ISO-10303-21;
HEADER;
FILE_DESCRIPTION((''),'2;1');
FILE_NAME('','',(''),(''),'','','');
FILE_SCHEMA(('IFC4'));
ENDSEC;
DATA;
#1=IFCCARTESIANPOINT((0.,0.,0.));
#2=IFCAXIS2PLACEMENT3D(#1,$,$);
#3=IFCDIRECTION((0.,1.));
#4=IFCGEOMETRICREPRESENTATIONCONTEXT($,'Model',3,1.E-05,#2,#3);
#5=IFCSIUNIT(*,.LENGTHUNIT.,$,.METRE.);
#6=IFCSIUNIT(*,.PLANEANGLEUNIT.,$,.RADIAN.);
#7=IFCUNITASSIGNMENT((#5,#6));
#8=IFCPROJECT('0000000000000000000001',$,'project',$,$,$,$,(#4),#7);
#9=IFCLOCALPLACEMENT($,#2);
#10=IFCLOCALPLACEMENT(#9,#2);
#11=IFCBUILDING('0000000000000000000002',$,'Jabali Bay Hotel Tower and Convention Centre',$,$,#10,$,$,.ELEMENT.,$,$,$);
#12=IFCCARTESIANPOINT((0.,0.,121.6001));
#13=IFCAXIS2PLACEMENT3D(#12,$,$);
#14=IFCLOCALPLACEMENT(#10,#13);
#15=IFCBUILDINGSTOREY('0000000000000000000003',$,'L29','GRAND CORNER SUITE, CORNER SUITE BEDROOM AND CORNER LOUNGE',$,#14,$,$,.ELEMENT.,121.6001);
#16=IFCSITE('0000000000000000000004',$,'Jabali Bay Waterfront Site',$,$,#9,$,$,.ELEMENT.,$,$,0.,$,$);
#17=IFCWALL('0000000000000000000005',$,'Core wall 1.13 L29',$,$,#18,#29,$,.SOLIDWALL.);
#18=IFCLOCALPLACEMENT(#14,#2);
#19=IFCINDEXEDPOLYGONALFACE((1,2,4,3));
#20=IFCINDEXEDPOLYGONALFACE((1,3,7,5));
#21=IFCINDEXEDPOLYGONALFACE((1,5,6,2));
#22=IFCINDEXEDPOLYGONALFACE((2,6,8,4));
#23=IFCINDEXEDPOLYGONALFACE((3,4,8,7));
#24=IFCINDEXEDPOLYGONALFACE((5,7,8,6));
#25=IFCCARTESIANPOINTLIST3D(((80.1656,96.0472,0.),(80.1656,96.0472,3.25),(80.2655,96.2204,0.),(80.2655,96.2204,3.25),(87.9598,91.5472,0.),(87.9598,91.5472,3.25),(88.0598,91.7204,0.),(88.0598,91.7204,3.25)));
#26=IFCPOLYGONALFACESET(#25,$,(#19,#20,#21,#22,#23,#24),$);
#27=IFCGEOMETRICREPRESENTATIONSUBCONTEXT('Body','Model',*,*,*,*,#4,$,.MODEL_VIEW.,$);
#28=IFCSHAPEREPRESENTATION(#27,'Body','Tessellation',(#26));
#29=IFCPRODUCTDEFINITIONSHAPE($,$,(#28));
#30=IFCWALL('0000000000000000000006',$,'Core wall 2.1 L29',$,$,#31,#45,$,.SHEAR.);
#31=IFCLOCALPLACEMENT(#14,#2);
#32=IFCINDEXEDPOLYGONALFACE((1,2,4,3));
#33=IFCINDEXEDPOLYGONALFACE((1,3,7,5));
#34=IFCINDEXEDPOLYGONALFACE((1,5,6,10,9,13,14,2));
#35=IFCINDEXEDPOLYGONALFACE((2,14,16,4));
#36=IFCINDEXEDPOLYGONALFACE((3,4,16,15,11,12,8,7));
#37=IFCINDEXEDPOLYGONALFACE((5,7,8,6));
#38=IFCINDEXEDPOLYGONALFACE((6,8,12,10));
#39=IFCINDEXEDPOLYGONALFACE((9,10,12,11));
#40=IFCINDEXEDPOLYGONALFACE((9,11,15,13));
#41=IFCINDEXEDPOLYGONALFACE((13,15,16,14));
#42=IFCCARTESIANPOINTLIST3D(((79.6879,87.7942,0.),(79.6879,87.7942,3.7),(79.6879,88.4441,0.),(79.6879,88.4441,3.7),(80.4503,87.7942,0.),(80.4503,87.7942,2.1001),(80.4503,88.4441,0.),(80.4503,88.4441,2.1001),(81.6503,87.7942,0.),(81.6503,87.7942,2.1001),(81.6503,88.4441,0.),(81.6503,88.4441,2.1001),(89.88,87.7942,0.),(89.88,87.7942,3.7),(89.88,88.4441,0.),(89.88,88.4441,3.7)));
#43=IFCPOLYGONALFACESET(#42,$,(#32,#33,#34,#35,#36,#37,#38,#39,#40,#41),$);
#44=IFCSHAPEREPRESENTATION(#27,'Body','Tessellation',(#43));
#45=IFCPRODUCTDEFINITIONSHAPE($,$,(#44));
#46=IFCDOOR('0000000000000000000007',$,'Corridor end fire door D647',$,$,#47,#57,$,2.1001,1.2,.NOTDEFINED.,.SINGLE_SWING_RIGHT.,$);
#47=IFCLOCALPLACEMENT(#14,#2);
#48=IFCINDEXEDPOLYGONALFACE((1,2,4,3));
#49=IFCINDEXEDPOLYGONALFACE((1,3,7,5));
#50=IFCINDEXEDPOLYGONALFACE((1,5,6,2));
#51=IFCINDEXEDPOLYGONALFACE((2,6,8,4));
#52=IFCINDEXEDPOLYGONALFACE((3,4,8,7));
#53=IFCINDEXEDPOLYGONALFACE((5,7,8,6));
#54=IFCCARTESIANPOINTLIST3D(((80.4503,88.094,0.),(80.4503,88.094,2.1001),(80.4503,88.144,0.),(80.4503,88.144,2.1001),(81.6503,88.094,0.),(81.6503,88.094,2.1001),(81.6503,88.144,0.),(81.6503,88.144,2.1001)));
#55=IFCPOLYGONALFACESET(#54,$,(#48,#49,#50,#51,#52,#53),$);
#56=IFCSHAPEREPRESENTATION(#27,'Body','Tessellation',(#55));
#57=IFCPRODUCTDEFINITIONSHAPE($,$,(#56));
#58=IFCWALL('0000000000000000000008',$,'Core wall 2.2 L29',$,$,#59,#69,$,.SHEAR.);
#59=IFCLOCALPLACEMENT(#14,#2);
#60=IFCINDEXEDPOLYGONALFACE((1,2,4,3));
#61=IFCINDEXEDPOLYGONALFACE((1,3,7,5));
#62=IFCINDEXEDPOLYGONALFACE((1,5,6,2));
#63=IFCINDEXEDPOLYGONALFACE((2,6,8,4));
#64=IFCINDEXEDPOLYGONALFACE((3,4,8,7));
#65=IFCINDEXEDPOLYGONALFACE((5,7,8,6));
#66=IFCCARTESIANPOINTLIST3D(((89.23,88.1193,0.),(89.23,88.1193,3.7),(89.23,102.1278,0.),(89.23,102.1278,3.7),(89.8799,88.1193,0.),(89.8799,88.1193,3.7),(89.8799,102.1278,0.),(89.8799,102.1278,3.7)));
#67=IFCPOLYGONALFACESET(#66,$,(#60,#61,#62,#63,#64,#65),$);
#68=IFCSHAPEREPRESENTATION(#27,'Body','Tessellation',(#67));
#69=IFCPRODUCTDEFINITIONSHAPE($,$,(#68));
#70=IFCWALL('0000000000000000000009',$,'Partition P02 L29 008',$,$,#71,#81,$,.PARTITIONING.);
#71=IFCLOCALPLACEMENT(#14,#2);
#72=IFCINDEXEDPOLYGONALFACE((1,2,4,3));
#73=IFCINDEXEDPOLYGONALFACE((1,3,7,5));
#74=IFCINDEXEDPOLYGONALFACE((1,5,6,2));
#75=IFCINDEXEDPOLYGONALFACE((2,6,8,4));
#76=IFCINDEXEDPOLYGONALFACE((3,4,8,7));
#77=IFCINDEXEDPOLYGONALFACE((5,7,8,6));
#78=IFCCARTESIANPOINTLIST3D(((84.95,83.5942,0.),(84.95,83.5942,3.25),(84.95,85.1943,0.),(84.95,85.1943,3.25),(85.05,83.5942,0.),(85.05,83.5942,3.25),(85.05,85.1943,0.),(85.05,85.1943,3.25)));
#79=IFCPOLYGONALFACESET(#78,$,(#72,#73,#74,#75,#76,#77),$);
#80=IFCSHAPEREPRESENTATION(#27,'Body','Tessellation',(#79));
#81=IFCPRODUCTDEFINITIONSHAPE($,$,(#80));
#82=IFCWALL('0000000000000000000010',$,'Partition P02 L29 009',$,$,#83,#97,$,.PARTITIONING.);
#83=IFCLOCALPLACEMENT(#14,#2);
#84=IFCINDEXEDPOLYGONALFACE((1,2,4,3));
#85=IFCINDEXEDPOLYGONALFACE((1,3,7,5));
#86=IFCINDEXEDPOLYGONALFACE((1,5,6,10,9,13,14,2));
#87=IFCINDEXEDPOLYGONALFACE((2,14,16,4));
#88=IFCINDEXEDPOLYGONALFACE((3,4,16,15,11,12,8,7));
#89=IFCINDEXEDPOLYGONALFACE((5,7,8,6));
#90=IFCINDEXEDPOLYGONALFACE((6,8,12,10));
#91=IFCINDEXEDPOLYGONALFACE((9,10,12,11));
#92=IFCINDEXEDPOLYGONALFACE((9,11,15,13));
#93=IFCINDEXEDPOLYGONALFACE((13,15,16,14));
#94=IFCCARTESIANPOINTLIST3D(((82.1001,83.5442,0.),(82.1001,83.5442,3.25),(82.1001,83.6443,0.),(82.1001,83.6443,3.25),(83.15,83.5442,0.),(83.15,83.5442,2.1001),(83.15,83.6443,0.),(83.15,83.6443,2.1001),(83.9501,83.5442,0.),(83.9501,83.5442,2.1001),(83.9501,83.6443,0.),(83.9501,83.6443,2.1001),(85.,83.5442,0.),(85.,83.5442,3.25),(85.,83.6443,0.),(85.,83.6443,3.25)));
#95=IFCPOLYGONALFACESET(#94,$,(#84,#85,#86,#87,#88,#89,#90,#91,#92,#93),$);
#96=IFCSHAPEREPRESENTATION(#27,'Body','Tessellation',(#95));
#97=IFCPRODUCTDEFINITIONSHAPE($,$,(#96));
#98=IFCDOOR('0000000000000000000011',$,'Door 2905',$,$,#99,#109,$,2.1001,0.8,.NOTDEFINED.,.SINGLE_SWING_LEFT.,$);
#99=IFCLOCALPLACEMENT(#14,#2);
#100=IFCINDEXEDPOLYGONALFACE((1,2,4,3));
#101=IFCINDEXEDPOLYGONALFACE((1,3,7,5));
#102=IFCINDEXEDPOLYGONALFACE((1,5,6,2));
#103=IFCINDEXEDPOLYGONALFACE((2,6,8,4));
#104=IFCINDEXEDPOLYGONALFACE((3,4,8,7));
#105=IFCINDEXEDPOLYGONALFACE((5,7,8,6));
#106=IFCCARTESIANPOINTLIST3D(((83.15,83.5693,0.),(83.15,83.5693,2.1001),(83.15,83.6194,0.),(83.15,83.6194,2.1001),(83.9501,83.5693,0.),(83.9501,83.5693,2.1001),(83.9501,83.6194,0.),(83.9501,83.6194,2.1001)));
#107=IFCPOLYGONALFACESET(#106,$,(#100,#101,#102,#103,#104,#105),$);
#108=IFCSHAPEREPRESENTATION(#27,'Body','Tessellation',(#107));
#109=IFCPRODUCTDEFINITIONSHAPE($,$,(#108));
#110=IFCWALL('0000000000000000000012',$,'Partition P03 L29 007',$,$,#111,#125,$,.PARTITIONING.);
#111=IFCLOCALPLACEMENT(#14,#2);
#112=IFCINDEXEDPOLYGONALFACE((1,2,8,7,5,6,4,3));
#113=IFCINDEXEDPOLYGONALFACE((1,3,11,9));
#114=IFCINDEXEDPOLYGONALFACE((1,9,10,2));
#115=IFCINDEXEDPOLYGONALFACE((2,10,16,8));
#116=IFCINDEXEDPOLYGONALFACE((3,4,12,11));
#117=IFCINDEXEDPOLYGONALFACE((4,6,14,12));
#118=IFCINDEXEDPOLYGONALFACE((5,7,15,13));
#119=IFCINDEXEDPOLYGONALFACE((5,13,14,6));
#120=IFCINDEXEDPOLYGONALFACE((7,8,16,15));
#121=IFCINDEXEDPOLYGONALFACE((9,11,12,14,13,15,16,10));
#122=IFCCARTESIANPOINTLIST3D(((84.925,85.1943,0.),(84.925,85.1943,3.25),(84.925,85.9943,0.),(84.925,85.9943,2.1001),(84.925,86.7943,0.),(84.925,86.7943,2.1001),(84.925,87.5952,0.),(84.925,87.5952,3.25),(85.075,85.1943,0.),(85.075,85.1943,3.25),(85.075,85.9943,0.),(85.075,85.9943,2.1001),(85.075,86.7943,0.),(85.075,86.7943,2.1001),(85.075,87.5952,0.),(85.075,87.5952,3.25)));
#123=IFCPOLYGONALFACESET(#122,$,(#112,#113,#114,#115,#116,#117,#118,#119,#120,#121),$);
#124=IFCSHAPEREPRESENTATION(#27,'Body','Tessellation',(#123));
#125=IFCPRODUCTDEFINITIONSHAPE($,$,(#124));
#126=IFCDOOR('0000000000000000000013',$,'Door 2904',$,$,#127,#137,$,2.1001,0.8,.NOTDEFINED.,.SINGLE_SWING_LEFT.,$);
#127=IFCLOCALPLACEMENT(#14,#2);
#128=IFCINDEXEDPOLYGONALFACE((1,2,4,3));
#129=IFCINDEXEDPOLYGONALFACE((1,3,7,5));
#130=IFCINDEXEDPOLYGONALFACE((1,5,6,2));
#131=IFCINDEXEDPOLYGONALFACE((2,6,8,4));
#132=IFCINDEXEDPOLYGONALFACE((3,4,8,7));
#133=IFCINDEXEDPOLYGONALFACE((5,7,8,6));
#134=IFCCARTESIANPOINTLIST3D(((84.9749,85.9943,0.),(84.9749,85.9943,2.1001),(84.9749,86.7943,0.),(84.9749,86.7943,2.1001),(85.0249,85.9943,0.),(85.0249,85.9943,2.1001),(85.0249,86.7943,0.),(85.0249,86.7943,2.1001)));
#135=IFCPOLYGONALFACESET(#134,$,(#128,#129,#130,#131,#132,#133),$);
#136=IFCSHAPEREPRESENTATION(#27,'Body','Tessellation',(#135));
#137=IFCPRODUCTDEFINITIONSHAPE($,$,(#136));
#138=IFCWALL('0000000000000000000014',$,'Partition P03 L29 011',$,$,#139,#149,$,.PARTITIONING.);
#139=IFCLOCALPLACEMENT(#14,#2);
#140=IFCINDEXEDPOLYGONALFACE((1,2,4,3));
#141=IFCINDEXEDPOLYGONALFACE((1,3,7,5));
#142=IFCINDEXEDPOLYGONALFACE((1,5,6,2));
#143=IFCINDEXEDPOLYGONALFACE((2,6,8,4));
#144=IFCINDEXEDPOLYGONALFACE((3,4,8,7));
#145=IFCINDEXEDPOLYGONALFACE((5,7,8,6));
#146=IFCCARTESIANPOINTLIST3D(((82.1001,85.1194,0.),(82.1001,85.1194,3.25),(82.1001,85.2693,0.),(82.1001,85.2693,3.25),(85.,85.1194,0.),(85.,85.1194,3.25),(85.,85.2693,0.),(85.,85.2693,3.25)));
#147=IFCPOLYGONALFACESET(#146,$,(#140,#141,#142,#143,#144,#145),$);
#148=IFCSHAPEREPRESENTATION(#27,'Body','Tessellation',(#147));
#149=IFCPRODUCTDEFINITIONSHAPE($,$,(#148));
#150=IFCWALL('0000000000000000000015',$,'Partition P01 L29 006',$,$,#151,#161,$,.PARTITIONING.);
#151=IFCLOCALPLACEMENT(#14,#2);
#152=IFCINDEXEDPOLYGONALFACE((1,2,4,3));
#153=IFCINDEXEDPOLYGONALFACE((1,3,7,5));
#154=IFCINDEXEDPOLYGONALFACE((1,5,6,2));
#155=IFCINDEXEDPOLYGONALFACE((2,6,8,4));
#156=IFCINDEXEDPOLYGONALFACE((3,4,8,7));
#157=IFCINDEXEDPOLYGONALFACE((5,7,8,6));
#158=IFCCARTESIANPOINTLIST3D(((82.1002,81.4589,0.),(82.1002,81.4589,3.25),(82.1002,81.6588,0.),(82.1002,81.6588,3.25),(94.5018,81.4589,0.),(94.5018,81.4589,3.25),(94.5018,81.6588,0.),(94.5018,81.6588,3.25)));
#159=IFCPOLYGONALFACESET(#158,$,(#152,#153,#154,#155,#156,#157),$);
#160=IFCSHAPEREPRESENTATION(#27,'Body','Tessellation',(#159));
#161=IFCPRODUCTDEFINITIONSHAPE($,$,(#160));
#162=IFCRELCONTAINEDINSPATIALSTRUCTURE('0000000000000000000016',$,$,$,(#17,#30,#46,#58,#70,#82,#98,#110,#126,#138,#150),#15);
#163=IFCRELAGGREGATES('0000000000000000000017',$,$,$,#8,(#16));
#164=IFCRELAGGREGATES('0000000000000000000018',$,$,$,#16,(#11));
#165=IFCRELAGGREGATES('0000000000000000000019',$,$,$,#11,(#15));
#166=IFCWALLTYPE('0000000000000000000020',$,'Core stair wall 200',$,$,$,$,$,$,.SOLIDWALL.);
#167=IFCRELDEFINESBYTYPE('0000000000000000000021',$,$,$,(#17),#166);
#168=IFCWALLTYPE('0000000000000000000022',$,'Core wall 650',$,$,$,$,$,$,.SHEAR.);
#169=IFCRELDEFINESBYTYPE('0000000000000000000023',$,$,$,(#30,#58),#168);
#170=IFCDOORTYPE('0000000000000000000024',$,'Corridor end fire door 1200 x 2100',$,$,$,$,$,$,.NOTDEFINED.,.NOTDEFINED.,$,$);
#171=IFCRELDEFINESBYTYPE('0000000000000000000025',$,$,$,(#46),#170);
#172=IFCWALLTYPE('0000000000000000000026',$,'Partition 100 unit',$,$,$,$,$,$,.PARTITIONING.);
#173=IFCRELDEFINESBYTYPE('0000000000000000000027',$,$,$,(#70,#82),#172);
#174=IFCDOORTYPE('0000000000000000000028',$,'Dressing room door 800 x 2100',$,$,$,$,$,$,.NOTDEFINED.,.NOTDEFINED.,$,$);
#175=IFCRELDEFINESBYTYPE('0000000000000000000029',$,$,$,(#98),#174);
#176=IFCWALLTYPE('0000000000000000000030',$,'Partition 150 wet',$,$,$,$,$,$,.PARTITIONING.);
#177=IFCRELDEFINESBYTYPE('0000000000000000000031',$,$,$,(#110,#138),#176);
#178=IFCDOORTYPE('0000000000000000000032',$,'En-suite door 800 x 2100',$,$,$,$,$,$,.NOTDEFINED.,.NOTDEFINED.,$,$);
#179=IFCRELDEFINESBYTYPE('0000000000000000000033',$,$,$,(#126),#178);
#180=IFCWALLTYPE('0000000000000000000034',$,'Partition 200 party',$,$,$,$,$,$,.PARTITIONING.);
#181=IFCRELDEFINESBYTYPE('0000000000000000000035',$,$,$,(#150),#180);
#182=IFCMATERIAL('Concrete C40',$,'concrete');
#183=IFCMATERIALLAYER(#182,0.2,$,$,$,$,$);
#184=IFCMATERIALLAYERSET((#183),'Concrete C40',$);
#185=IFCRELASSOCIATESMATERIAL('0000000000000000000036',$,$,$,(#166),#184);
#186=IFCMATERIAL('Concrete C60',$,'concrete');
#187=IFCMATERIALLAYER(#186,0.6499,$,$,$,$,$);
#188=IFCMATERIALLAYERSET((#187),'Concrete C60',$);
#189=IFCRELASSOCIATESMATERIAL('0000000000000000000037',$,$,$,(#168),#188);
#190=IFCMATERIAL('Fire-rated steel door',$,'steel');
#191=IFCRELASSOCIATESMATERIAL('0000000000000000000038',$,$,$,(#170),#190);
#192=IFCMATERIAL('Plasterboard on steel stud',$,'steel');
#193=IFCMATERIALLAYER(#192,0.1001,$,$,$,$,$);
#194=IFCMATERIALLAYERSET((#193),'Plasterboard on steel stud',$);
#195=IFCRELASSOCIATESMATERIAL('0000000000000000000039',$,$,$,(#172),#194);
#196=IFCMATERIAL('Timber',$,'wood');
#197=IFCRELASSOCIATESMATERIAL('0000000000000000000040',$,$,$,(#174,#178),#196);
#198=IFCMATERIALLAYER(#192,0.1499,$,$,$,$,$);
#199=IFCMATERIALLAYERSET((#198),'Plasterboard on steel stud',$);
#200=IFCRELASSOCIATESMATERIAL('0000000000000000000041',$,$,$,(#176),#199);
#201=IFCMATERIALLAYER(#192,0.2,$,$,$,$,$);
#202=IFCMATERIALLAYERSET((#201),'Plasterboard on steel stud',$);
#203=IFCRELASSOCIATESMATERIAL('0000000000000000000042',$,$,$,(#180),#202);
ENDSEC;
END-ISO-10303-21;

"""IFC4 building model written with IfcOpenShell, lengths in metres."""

from ifc_helpers import new_model, si_unit, direction, frame, frame_2d, origin, place, context, subcontext, project, spatial, rectangle, extrude, material, layer, layer_set, type_object, element, fill, save


model = new_model("IFC4")

# Units and contexts
model_context = context("Model", 3, precision=1e-05, world=origin(), true_north=direction((0.0, 1.0)))
body_context = subcontext(model_context, "Body", "Model", "MODEL_VIEW")
ifc_project = project(units=[si_unit("LENGTHUNIT", "METRE"), si_unit("PLANEANGLEUNIT", "RADIAN")], contexts=[model_context])

# Site, building, storey
site_placement = place(None, origin())
site = spatial("IfcSite", under=ifc_project, at=site_placement, Name="Jabali Bay Waterfront Site", CompositionType="ELEMENT", RefElevation=0.0)
building_placement = place(site_placement, origin())
building = spatial("IfcBuilding", under=site, at=building_placement, Name="Jabali Bay Hotel Tower and Convention Centre", CompositionType="ELEMENT")
storey_placement = place(building_placement, frame((0.0, 0.0, 121.6001)))
storey = spatial("IfcBuildingStorey", under=building, at=storey_placement, Name="L29", Description="GRAND CORNER SUITE, CORNER SUITE BEDROOM AND CORNER LOUNGE", CompositionType="ELEMENT", Elevation=121.6001)

# Shared definitions
ifc_material_1 = material(Name="Concrete C60", Category="concrete")

# Shared definitions
ifc_material_2 = material(Name="Concrete C40", Category="concrete")
ifc_material_3 = material(Name="Fire-rated steel door", Category="steel")

# Shared definitions
ifc_layer_1 = layer(ifc_material_2, 0.2)
ifc_layer_set_1 = layer_set([ifc_layer_1], Name="Concrete C40")
wall_type_1 = type_object("IfcWallType", Name="Core stair wall 200", PredefinedType="SOLIDWALL", material=ifc_layer_set_1)

# Wall
wall_1_placement = place(storey_placement, frame((88.0098, 91.6338, 0.0), z_axis=(0.0, 0.0, 1.0), x_axis=(-0.866024, 0.500002, 0.0)))
element("IfcWall", 1, at=wall_1_placement, inside=storey, type_object=wall_type_1, Name="Core wall 1.13 L29", PredefinedType="SOLIDWALL", context=body_context, shape_type="SweptSolid", body=[
    extrude(rectangle(XDim=9.0, YDim=0.2, at=frame_2d((4.5, 0.0))), origin(), (0.0, 0.0, 1.0), 3.25),
])

# Wall, opening, door
ifc_layer_2 = layer(ifc_material_1, 0.6499)
ifc_layer_set_2 = layer_set([ifc_layer_2], Name="Concrete C60")
wall_type_2 = type_object("IfcWallType", Name="Core wall 650", PredefinedType="SHEAR", material=ifc_layer_set_2)
wall_2_placement = place(storey_placement, frame((79.6877, 88.1191, 0.0), z_axis=(0.0, 0.0, 1.0), x_axis=(1.0, 0.0, 0.0)))
wall_2 = element("IfcWall", 2, at=wall_2_placement, inside=storey, type_object=wall_type_2, Name="Core wall 2.1 L29", PredefinedType="SHEAR", context=body_context, shape_type="SweptSolid", body=[
    extrude(rectangle(XDim=10.1921, YDim=0.6499, at=frame_2d((5.0962, 0.0))), origin(), (0.0, 0.0, 1.0), 3.7),
])
opening_1_placement = place(wall_2_placement, frame((0.7625, 0.0, 0.0)))
opening_1 = element("IfcOpeningElement", 3, at=opening_1_placement, cuts=wall_2, PredefinedType="OPENING", context=body_context, shape_type="SweptSolid", body=[
    extrude(rectangle(XDim=1.2, YDim=2.1001, at=frame_2d((0.6001, 1.05))), frame((0.0, 0.3354, 0.0), z_axis=(0.0, -1.0, 0.0), x_axis=(1.0, 0.0, 0.0)), (0.0, 0.0, 1.0), 0.6709),
])
door_type_1 = type_object("IfcDoorType", Name="Corridor end fire door 1200 x 2100", OperationType="NOTDEFINED", PredefinedType="NOTDEFINED", material=ifc_material_3)
door_1_placement = place(opening_1_placement, origin())
door_1 = element("IfcDoor", 4, at=door_1_placement, inside=storey, type_object=door_type_1, Name="Corridor end fire door D647", OperationType="SINGLE_SWING_RIGHT", OverallHeight=2.1001, OverallWidth=1.2, PredefinedType="NOTDEFINED", context=body_context, shape_type="SweptSolid", body=[
    extrude(rectangle(XDim=1.2, YDim=2.1001, at=frame_2d((0.6001, 1.05))), frame((0.0, 0.0249, 0.0), z_axis=(0.0, -1.0, 0.0), x_axis=(1.0, 0.0, 0.0)), (0.0, 0.0, 1.0), 0.05),
])
fill(opening_1, door_1)

# Walls
wall_3_placement = place(storey_placement, frame((89.5549, 88.1191, 0.0), z_axis=(0.0, 0.0, 1.0), x_axis=(0.0, 1.0, 0.0)))
element("IfcWall", 5, at=wall_3_placement, inside=storey, type_object=wall_type_2, Name="Core wall 2.2 L29", PredefinedType="SHEAR", context=body_context, shape_type="SweptSolid", body=[
    extrude(rectangle(XDim=14.0085, YDim=0.6499, at=frame_2d((7.0044, 0.0))), origin(), (0.0, 0.0, 1.0), 3.7),
])
ifc_material_4 = material(Name="Plasterboard on steel stud", Category="steel")
ifc_layer_3 = layer(ifc_material_4, 0.1001)
ifc_layer_set_3 = layer_set([ifc_layer_3], Name="Plasterboard on steel stud")
wall_type_3 = type_object("IfcWallType", Name="Partition 100 unit", PredefinedType="PARTITIONING", material=ifc_layer_set_3)
wall_4_placement = place(storey_placement, frame((85.0, 85.1943, 0.0), z_axis=(0.0, 0.0, 1.0), x_axis=(0.0, -1.0, 0.0)))
element("IfcWall", 6, at=wall_4_placement, inside=storey, type_object=wall_type_3, Name="Partition P02 L29 008", PredefinedType="PARTITIONING", context=body_context, shape_type="SweptSolid", body=[
    extrude(rectangle(XDim=1.6001, YDim=0.1001, at=frame_2d((0.8, 0.0))), origin(), (0.0, 0.0, 1.0), 3.25),
])

# Walls, openings, doors
wall_5_placement = place(storey_placement, frame((85.0, 83.5942, 0.0), z_axis=(0.0, 0.0, 1.0), x_axis=(-1.0, 0.0, 0.0)))
wall_5 = element("IfcWall", 7, at=wall_5_placement, inside=storey, type_object=wall_type_3, Name="Partition P02 L29 009", PredefinedType="PARTITIONING", context=body_context, shape_type="SweptSolid", body=[
    extrude(rectangle(XDim=2.8999, YDim=0.1001, at=frame_2d((1.45, 0.0))), origin(), (0.0, 0.0, 1.0), 3.25),
])
opening_2_placement = place(wall_5_placement, frame((1.05, 0.0, 0.0)))
opening_2 = element("IfcOpeningElement", 8, at=opening_2_placement, cuts=wall_5, PredefinedType="OPENING", context=body_context, shape_type="SweptSolid", body=[
    extrude(rectangle(XDim=0.8, YDim=2.1001, at=frame_2d((0.3999, 1.05))), frame((0.0, 0.0605, 0.0), z_axis=(0.0, -1.0, 0.0), x_axis=(1.0, 0.0, 0.0)), (0.0, 0.0, 1.0), 0.1211),
])
ifc_material_5 = material(Name="Timber", Category="wood")
door_type_2 = type_object("IfcDoorType", Name="Dressing room door 800 x 2100", OperationType="NOTDEFINED", PredefinedType="NOTDEFINED", material=ifc_material_5)
door_2_placement = place(opening_2_placement, origin())
door_2 = element("IfcDoor", 9, at=door_2_placement, inside=storey, type_object=door_type_2, Name="Door 2905", OperationType="SINGLE_SWING_LEFT", OverallHeight=2.1001, OverallWidth=0.8, PredefinedType="NOTDEFINED", context=body_context, shape_type="SweptSolid", body=[
    extrude(rectangle(XDim=0.8, YDim=2.1001, at=frame_2d((0.3999, 1.05))), frame((0.0, 0.0249, 0.0), z_axis=(0.0, -1.0, 0.0), x_axis=(1.0, 0.0, 0.0)), (0.0, 0.0, 1.0), 0.05),
])
fill(opening_2, door_2)
ifc_layer_4 = layer(ifc_material_4, 0.1499)
ifc_layer_set_4 = layer_set([ifc_layer_4], Name="Plasterboard on steel stud")
wall_type_4 = type_object("IfcWallType", Name="Partition 150 wet", PredefinedType="PARTITIONING", material=ifc_layer_set_4)
wall_6_placement = place(storey_placement, frame((85.0, 87.5952, 0.0), z_axis=(0.0, 0.0, 1.0), x_axis=(0.0, -1.0, 0.0)))
wall_6 = element("IfcWall", 10, at=wall_6_placement, inside=storey, type_object=wall_type_4, Name="Partition P03 L29 007", PredefinedType="PARTITIONING", context=body_context, shape_type="SweptSolid", body=[
    extrude(rectangle(XDim=2.4009, YDim=0.1499, at=frame_2d((1.2004, 0.0))), origin(), (0.0, 0.0, 1.0), 3.25),
])
opening_3_placement = place(wall_6_placement, frame((0.801, 0.0, 0.0)))
opening_3 = element("IfcOpeningElement", 11, at=opening_3_placement, cuts=wall_6, PredefinedType="OPENING", context=body_context, shape_type="SweptSolid", body=[
    extrude(rectangle(XDim=0.8, YDim=2.1001, at=frame_2d((0.3999, 1.05))), frame((0.0, 0.0854, 0.0), z_axis=(0.0, -1.0, 0.0), x_axis=(1.0, 0.0, 0.0)), (0.0, 0.0, 1.0), 0.1709),
])
door_type_3 = type_object("IfcDoorType", Name="En-suite door 800 x 2100", OperationType="NOTDEFINED", PredefinedType="NOTDEFINED", material=ifc_material_5)
door_3_placement = place(opening_3_placement, origin())
door_3 = element("IfcDoor", 12, at=door_3_placement, inside=storey, type_object=door_type_3, Name="Door 2904", OperationType="SINGLE_SWING_LEFT", OverallHeight=2.1001, OverallWidth=0.8, PredefinedType="NOTDEFINED", context=body_context, shape_type="SweptSolid", body=[
    extrude(rectangle(XDim=0.8, YDim=2.1001, at=frame_2d((0.3999, 1.05))), frame((0.0, 0.0249, 0.0), z_axis=(0.0, -1.0, 0.0), x_axis=(1.0, 0.0, 0.0)), (0.0, 0.0, 1.0), 0.05),
])
fill(opening_3, door_3)

# Walls
wall_7_placement = place(storey_placement, frame((82.1001, 85.1943, 0.0), z_axis=(0.0, 0.0, 1.0), x_axis=(1.0, 0.0, 0.0)))
element("IfcWall", 13, at=wall_7_placement, inside=storey, type_object=wall_type_4, Name="Partition P03 L29 011", PredefinedType="PARTITIONING", context=body_context, shape_type="SweptSolid", body=[
    extrude(rectangle(XDim=2.8999, YDim=0.1499, at=frame_2d((1.45, 0.0))), origin(), (0.0, 0.0, 1.0), 3.25),
])
ifc_layer_5 = layer(ifc_material_4, 0.2)
ifc_layer_set_5 = layer_set([ifc_layer_5], Name="Plasterboard on steel stud")
wall_type_5 = type_object("IfcWallType", Name="Partition 200 party", PredefinedType="PARTITIONING", material=ifc_layer_set_5)
wall_8_placement = place(storey_placement, frame((94.5017, 81.5588, 0.0), z_axis=(0.0, 0.0, 1.0), x_axis=(-1.0, 0.0, 0.0)))
element("IfcWall", 14, at=wall_8_placement, inside=storey, type_object=wall_type_5, Name="Partition P01 L29 006", PredefinedType="PARTITIONING", context=body_context, shape_type="SweptSolid", body=[
    extrude(rectangle(XDim=12.4016, YDim=0.2, at=frame_2d((6.2007, 0.0))), origin(), (0.0, 0.0, 1.0), 3.25),
])

save(model, "model.ifc")
